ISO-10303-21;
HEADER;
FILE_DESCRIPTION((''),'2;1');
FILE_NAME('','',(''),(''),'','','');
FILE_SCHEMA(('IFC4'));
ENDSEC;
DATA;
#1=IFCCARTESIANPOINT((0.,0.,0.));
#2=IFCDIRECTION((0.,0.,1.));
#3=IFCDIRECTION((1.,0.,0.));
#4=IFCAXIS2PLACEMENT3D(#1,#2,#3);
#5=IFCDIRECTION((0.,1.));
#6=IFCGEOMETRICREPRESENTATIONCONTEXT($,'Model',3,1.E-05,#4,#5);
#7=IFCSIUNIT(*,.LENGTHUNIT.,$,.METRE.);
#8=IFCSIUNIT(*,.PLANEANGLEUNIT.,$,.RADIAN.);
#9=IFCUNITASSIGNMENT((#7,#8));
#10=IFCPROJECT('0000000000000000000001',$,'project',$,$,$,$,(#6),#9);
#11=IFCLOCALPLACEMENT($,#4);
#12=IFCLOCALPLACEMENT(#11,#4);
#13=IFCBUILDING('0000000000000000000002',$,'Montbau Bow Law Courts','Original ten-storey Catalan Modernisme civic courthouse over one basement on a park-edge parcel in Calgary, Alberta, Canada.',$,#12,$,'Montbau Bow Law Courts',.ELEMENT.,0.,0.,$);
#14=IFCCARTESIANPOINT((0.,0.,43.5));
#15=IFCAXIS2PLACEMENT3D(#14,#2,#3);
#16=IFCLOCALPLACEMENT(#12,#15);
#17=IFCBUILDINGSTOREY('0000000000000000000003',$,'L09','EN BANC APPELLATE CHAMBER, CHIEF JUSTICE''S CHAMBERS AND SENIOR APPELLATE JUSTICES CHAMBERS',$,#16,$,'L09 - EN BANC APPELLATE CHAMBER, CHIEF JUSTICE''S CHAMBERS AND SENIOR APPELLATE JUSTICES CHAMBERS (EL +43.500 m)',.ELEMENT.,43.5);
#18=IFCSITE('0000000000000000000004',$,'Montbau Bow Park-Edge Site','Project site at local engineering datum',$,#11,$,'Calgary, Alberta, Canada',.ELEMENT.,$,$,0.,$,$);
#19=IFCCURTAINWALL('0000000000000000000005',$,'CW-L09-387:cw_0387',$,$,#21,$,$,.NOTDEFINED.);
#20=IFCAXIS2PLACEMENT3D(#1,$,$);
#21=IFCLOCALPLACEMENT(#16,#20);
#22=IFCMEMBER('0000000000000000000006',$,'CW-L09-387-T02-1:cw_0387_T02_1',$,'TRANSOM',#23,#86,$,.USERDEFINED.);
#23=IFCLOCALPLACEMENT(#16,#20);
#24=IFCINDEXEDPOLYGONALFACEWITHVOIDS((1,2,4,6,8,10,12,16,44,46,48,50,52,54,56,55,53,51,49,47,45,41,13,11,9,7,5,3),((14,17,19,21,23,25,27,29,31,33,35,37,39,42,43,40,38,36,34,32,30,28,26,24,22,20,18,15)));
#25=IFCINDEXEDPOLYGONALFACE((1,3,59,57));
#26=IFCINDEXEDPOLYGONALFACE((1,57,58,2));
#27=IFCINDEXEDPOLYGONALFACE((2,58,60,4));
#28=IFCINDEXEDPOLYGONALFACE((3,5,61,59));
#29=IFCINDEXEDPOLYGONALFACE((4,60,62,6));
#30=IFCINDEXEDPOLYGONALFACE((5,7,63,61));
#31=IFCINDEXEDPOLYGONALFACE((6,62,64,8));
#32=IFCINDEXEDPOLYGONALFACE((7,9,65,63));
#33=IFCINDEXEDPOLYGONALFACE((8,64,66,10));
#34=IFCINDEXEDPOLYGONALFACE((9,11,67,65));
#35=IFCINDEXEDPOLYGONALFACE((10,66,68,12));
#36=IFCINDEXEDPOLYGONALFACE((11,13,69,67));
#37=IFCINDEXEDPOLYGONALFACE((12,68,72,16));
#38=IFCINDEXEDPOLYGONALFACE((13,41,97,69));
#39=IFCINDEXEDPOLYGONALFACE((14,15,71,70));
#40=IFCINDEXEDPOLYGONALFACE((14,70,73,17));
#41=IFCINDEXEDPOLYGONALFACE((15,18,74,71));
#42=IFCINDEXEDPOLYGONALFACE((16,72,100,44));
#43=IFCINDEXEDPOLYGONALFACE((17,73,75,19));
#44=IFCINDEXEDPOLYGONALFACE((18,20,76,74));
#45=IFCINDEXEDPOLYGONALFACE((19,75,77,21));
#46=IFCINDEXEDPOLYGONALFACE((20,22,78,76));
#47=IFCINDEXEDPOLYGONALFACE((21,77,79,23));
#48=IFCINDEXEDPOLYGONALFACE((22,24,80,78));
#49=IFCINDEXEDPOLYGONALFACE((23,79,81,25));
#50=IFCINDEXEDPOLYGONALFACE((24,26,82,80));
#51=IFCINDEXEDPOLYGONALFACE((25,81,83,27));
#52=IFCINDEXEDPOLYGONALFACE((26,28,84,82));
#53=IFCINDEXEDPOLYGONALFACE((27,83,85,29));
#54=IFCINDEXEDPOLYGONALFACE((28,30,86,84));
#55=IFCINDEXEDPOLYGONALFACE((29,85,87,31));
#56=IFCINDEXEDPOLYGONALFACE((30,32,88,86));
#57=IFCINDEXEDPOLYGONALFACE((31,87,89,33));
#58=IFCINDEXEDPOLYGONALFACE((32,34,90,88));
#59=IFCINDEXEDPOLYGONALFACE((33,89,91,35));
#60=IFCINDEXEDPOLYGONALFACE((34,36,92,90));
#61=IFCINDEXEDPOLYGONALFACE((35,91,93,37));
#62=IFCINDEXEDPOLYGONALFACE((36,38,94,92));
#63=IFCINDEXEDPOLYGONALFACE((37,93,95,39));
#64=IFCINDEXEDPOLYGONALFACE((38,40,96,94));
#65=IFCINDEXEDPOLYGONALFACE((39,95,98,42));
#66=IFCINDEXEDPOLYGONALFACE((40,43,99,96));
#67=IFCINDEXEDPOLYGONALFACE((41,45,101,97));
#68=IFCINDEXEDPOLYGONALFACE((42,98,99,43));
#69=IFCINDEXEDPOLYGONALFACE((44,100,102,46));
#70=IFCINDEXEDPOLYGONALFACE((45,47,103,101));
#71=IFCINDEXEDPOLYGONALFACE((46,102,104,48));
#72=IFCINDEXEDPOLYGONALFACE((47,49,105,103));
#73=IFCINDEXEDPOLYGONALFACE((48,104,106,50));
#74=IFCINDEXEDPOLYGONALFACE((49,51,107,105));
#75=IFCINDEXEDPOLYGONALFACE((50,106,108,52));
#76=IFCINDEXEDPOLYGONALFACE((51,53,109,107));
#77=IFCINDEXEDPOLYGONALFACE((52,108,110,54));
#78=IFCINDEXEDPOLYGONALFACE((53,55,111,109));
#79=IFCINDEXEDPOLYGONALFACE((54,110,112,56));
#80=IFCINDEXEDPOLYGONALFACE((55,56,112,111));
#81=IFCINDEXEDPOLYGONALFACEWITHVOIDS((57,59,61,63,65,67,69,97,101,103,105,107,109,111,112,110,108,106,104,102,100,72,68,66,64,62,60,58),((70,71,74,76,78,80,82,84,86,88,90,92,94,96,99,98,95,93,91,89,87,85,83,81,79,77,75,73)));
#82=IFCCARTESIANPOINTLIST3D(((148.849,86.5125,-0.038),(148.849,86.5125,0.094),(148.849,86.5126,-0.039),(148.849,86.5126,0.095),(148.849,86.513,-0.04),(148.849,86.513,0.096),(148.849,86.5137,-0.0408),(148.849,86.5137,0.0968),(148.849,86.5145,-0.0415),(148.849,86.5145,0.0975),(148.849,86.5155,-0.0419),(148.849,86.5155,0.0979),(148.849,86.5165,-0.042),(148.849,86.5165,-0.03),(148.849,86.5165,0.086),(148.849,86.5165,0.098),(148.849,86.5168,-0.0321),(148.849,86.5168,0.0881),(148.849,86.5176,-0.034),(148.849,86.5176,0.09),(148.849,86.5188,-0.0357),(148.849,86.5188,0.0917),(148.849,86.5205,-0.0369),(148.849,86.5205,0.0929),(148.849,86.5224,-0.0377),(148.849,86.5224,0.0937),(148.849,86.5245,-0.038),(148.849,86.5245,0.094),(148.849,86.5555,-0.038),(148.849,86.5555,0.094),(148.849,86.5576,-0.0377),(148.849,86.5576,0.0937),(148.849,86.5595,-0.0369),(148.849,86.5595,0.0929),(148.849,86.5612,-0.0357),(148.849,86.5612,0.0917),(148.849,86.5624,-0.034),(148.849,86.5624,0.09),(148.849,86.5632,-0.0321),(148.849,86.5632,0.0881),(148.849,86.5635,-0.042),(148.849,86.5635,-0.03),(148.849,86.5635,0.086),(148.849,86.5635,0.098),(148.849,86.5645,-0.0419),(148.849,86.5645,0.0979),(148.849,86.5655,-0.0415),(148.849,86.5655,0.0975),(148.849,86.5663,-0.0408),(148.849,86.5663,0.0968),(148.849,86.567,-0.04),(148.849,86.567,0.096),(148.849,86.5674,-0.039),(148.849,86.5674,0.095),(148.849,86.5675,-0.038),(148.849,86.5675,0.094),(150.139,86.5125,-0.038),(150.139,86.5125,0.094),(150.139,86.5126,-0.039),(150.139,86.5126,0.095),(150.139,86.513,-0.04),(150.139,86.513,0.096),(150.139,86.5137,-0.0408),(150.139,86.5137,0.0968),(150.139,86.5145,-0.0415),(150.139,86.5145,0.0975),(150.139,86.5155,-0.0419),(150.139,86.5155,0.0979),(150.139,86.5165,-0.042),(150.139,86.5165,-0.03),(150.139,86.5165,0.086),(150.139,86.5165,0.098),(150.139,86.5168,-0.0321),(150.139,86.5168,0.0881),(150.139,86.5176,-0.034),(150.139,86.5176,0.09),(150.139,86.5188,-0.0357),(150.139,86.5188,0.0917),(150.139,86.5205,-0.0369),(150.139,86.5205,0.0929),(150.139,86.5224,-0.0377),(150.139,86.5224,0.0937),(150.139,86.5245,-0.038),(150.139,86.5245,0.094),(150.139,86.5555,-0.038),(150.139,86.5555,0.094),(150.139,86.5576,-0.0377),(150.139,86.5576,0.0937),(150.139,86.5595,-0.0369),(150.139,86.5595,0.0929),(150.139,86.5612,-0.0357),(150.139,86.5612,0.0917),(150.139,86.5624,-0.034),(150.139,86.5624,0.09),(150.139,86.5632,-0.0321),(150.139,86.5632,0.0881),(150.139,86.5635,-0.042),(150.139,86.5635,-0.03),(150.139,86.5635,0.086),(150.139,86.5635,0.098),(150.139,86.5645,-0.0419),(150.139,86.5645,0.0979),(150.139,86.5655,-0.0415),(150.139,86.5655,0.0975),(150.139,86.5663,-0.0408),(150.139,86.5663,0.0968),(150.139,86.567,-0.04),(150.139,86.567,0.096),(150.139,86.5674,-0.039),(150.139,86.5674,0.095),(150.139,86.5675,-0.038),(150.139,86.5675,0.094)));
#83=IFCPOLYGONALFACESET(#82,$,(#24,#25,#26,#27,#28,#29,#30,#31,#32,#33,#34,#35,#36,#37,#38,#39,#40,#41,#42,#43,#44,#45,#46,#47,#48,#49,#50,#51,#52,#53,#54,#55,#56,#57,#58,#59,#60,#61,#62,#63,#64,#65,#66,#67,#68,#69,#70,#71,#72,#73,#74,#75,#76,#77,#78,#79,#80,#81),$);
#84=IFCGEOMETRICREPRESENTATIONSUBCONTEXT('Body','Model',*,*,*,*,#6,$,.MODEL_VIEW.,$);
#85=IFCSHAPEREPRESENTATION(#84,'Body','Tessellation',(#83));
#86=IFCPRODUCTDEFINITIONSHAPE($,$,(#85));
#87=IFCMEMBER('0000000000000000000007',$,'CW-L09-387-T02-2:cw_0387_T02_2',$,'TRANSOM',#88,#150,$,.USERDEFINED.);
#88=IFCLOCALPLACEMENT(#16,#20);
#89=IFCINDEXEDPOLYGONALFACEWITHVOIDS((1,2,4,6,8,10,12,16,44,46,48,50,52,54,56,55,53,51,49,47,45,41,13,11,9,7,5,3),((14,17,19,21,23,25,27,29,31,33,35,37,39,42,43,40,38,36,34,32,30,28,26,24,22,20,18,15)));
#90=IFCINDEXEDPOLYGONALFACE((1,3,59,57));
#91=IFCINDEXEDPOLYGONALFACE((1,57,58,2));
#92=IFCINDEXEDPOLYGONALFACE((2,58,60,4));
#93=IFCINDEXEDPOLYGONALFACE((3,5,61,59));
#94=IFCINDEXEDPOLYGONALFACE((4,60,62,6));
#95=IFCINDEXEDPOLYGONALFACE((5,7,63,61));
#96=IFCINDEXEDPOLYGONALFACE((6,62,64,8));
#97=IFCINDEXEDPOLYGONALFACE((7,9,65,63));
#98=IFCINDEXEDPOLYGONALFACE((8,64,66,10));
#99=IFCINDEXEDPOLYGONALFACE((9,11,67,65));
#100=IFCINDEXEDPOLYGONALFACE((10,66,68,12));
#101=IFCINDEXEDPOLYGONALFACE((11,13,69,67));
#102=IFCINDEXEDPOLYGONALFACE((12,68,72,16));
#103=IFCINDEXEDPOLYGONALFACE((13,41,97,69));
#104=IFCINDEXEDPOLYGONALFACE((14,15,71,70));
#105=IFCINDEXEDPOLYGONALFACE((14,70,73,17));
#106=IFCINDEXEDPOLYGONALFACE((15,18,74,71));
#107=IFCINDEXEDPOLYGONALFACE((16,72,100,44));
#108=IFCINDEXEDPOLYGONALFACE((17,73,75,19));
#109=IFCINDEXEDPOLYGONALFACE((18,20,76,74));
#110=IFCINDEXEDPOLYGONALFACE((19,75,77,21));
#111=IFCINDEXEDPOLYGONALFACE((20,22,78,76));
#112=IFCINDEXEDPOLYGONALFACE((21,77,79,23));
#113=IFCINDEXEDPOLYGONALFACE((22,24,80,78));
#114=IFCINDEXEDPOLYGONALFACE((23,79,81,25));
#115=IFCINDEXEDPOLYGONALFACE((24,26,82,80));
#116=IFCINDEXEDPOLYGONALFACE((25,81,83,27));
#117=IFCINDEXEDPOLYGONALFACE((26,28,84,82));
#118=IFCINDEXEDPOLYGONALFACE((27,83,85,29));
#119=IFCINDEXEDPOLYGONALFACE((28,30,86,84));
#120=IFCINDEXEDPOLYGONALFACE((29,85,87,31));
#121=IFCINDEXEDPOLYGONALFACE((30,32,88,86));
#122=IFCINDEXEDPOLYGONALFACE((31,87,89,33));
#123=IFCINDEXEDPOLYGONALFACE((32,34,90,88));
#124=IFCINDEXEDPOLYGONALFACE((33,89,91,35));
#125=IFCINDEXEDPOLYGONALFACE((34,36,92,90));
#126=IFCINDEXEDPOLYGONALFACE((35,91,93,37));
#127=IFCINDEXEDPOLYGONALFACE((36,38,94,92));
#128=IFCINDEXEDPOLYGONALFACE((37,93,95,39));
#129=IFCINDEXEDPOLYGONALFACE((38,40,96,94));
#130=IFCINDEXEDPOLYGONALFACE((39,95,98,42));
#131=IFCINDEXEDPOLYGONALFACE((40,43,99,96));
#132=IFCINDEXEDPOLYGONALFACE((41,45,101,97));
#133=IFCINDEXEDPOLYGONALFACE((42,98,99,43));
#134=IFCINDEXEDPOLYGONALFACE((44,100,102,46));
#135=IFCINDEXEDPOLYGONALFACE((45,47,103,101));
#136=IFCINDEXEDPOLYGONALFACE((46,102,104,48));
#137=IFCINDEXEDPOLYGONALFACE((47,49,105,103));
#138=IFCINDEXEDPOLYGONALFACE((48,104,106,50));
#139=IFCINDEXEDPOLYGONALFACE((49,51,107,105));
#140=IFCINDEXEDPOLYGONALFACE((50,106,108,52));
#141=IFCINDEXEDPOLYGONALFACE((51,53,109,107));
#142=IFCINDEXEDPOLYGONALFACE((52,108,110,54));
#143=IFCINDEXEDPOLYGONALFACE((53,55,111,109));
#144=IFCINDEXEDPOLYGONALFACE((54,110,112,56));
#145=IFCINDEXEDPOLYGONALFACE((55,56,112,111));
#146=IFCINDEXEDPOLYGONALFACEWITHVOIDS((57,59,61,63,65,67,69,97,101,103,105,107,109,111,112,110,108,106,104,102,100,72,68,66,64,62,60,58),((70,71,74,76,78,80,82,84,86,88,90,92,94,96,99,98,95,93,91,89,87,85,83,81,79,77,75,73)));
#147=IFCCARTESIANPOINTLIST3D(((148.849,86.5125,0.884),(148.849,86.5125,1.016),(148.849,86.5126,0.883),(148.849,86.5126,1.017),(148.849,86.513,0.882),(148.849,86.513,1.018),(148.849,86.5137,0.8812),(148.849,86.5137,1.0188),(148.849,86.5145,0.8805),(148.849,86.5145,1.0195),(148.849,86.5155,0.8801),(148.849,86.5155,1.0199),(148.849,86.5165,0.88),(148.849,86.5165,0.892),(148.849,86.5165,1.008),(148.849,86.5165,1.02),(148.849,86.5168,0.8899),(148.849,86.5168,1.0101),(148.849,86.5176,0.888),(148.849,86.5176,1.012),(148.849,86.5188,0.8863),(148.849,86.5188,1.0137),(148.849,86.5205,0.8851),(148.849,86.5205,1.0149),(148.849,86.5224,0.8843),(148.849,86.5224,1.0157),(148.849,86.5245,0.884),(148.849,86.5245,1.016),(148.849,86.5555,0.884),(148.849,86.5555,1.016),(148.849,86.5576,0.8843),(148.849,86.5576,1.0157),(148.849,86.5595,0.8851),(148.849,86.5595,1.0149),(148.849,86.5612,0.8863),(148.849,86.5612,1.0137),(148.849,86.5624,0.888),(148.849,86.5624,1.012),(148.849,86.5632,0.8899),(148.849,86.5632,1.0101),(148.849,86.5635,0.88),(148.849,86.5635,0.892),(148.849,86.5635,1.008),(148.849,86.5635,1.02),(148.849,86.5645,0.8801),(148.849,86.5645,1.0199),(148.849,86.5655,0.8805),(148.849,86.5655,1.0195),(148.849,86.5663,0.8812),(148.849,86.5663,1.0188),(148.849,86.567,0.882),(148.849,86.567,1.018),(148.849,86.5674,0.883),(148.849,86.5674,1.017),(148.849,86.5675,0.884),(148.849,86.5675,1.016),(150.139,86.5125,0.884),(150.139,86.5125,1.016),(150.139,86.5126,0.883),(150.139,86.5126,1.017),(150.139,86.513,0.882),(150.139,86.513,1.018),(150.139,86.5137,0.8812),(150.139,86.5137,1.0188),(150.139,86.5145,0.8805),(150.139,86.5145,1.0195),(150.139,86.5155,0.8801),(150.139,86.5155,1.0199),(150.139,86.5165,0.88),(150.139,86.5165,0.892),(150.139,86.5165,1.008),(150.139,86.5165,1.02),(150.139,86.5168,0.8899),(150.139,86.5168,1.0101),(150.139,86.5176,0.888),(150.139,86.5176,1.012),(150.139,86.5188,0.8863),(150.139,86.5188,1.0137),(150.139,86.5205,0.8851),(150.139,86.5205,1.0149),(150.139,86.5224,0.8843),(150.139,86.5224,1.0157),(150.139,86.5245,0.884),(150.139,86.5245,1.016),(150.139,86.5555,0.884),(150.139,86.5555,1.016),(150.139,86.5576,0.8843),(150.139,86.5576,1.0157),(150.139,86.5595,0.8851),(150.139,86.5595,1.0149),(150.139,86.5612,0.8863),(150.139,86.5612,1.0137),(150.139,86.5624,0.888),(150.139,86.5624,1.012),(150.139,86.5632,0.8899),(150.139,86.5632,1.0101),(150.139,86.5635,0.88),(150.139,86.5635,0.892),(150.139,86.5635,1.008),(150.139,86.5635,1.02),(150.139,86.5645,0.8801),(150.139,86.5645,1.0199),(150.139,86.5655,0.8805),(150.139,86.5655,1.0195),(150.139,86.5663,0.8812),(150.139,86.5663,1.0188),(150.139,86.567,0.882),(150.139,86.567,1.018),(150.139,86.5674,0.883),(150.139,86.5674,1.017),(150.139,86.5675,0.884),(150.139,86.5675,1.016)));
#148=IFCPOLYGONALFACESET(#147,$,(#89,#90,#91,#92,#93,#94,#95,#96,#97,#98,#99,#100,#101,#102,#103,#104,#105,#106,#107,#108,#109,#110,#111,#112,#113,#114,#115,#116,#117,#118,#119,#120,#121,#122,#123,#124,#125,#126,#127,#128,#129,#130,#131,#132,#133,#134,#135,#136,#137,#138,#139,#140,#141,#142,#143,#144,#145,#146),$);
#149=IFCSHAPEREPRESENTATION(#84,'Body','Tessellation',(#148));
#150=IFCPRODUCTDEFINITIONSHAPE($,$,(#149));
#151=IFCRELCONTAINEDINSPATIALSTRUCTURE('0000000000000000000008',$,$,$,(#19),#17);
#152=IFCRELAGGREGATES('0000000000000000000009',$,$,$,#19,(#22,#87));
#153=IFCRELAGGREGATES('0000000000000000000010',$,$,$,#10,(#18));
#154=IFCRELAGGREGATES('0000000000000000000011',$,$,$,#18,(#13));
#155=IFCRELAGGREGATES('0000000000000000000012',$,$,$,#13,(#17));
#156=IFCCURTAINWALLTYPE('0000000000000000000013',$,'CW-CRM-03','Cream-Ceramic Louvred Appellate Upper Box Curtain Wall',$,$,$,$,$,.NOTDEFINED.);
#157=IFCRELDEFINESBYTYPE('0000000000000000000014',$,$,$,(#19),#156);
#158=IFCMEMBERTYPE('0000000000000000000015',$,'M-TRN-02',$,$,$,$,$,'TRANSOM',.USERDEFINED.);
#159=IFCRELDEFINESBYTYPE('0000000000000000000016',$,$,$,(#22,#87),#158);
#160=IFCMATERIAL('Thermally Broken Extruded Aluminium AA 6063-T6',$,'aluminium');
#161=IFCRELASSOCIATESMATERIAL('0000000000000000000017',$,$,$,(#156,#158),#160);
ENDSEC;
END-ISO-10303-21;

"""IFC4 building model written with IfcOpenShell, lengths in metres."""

from ifc_helpers import new_model, si_unit, direction, frame, origin_with_axes, origin_2d_with_axis, place, context, subcontext, project, spatial, hollow_rectangle, extrude, material, material_profile, profile_set, type_object, element, aggregate, save


model = new_model("IFC4")

# Units and contexts
model_context = context("Model", 3, precision=1e-05, world=origin_with_axes(), true_north=direction((0.0, 1.0)))
body_context = subcontext(model_context, "Body", "Model", "MODEL_VIEW")
ifc_project = project(units=[si_unit("LENGTHUNIT", "METRE"), si_unit("PLANEANGLEUNIT", "RADIAN")], contexts=[model_context])

# Site, building, storey
site_placement = place(None, origin_with_axes())
site = spatial("IfcSite", under=ifc_project, at=site_placement, Name="Montbau Bow Park-Edge Site", Description="Project site at local engineering datum", LongName="Calgary, Alberta, Canada", CompositionType="ELEMENT", RefElevation=0.0)
building_placement = place(site_placement, origin_with_axes())
building = spatial("IfcBuilding", under=site, at=building_placement, Name="Montbau Bow Law Courts", Description="Original ten-storey Catalan Modernisme civic courthouse over one basement on a park-edge parcel in Calgary, Alberta, Canada.", LongName="Montbau Bow Law Courts", CompositionType="ELEMENT", ElevationOfRefHeight=0.0, ElevationOfTerrain=0.0)
storey_placement = place(building_placement, frame((0.0, 0.0, 43.5), z_axis=(0.0, 0.0, 1.0), x_axis=(1.0, 0.0, 0.0)))
storey = spatial("IfcBuildingStorey", under=building, at=storey_placement, Name="L09", Description="EN BANC APPELLATE CHAMBER, CHIEF JUSTICE'S CHAMBERS AND SENIOR APPELLATE JUSTICES CHAMBERS", LongName="L09 - EN BANC APPELLATE CHAMBER, CHIEF JUSTICE'S CHAMBERS AND SENIOR APPELLATE JUSTICES CHAMBERS (EL +43.500 m)", CompositionType="ELEMENT", Elevation=43.5)

# Curtain wall
ifc_material_1 = material(Name="Thermally Broken Extruded Aluminium AA 6063-T6", Category="aluminium")
curtain_wall_type = type_object("IfcCurtainWallType", Name="CW-CRM-03", Description="Cream-Ceramic Louvred Appellate Upper Box Curtain Wall", PredefinedType="NOTDEFINED", material=ifc_material_1)
curtain_wall_1_placement = place(None, frame((147.44, 86.54, 43.5), z_axis=(0.0, 0.0, 1.0), x_axis=(1.0, 0.0, 0.0)))
curtain_wall_1 = element("IfcCurtainWall", 1, at=curtain_wall_1_placement, inside=storey, type_object=curtain_wall_type, Name="CW-L09-387:cw_0387", PredefinedType="NOTDEFINED")

# Members
ifc_material_profile_1 = material_profile(ifc_material_1, hollow_rectangle(XDim=0.055, YDim=0.14, WallThickness=0.004, InnerFilletRadius=0.008, OuterFilletRadius=0.004, at=origin_2d_with_axis()), Name="CWT-140X55", Category="Main", Priority=0)
ifc_profile_set_1 = profile_set([ifc_material_profile_1], Name="Thermally Broken Extruded Aluminium AA 6063-T6")
member_type_1 = type_object("IfcMemberType", Name="M-TRN-02", ElementType="TRANSOM", PredefinedType="USERDEFINED", material=ifc_profile_set_1)
member_1_placement = place(None, frame((148.849, 86.54, 43.528), z_axis=(1.0, 0.0, 0.0), x_axis=(0.0, 1.0, 0.0)))
member_1 = element("IfcMember", 2, at=member_1_placement, type_object=member_type_1, Name="CW-L09-387-T02-1:cw_0387_T02_1", ObjectType="TRANSOM", PredefinedType="USERDEFINED", context=body_context, shape_type="SweptSolid", body=[
    extrude(hollow_rectangle(XDim=0.055, YDim=0.14, WallThickness=0.004, InnerFilletRadius=0.008, OuterFilletRadius=0.004, at=origin_2d_with_axis()), origin_with_axes(), (0.0, 0.0, 1.0), 1.29),
])
member_2_placement = place(None, frame((148.849, 86.54, 44.45), z_axis=(1.0, 0.0, 0.0), x_axis=(0.0, 1.0, 0.0)))
member_2 = element("IfcMember", 3, at=member_2_placement, type_object=member_type_1, Name="CW-L09-387-T02-2:cw_0387_T02_2", ObjectType="TRANSOM", PredefinedType="USERDEFINED", context=body_context, shape_type="SweptSolid", body=[
    extrude(hollow_rectangle(XDim=0.055, YDim=0.14, WallThickness=0.004, InnerFilletRadius=0.008, OuterFilletRadius=0.004, at=origin_2d_with_axis()), origin_with_axes(), (0.0, 0.0, 1.0), 1.29),
])

aggregate(curtain_wall_1, [member_1, member_2])

save(model, "model.ifc")
